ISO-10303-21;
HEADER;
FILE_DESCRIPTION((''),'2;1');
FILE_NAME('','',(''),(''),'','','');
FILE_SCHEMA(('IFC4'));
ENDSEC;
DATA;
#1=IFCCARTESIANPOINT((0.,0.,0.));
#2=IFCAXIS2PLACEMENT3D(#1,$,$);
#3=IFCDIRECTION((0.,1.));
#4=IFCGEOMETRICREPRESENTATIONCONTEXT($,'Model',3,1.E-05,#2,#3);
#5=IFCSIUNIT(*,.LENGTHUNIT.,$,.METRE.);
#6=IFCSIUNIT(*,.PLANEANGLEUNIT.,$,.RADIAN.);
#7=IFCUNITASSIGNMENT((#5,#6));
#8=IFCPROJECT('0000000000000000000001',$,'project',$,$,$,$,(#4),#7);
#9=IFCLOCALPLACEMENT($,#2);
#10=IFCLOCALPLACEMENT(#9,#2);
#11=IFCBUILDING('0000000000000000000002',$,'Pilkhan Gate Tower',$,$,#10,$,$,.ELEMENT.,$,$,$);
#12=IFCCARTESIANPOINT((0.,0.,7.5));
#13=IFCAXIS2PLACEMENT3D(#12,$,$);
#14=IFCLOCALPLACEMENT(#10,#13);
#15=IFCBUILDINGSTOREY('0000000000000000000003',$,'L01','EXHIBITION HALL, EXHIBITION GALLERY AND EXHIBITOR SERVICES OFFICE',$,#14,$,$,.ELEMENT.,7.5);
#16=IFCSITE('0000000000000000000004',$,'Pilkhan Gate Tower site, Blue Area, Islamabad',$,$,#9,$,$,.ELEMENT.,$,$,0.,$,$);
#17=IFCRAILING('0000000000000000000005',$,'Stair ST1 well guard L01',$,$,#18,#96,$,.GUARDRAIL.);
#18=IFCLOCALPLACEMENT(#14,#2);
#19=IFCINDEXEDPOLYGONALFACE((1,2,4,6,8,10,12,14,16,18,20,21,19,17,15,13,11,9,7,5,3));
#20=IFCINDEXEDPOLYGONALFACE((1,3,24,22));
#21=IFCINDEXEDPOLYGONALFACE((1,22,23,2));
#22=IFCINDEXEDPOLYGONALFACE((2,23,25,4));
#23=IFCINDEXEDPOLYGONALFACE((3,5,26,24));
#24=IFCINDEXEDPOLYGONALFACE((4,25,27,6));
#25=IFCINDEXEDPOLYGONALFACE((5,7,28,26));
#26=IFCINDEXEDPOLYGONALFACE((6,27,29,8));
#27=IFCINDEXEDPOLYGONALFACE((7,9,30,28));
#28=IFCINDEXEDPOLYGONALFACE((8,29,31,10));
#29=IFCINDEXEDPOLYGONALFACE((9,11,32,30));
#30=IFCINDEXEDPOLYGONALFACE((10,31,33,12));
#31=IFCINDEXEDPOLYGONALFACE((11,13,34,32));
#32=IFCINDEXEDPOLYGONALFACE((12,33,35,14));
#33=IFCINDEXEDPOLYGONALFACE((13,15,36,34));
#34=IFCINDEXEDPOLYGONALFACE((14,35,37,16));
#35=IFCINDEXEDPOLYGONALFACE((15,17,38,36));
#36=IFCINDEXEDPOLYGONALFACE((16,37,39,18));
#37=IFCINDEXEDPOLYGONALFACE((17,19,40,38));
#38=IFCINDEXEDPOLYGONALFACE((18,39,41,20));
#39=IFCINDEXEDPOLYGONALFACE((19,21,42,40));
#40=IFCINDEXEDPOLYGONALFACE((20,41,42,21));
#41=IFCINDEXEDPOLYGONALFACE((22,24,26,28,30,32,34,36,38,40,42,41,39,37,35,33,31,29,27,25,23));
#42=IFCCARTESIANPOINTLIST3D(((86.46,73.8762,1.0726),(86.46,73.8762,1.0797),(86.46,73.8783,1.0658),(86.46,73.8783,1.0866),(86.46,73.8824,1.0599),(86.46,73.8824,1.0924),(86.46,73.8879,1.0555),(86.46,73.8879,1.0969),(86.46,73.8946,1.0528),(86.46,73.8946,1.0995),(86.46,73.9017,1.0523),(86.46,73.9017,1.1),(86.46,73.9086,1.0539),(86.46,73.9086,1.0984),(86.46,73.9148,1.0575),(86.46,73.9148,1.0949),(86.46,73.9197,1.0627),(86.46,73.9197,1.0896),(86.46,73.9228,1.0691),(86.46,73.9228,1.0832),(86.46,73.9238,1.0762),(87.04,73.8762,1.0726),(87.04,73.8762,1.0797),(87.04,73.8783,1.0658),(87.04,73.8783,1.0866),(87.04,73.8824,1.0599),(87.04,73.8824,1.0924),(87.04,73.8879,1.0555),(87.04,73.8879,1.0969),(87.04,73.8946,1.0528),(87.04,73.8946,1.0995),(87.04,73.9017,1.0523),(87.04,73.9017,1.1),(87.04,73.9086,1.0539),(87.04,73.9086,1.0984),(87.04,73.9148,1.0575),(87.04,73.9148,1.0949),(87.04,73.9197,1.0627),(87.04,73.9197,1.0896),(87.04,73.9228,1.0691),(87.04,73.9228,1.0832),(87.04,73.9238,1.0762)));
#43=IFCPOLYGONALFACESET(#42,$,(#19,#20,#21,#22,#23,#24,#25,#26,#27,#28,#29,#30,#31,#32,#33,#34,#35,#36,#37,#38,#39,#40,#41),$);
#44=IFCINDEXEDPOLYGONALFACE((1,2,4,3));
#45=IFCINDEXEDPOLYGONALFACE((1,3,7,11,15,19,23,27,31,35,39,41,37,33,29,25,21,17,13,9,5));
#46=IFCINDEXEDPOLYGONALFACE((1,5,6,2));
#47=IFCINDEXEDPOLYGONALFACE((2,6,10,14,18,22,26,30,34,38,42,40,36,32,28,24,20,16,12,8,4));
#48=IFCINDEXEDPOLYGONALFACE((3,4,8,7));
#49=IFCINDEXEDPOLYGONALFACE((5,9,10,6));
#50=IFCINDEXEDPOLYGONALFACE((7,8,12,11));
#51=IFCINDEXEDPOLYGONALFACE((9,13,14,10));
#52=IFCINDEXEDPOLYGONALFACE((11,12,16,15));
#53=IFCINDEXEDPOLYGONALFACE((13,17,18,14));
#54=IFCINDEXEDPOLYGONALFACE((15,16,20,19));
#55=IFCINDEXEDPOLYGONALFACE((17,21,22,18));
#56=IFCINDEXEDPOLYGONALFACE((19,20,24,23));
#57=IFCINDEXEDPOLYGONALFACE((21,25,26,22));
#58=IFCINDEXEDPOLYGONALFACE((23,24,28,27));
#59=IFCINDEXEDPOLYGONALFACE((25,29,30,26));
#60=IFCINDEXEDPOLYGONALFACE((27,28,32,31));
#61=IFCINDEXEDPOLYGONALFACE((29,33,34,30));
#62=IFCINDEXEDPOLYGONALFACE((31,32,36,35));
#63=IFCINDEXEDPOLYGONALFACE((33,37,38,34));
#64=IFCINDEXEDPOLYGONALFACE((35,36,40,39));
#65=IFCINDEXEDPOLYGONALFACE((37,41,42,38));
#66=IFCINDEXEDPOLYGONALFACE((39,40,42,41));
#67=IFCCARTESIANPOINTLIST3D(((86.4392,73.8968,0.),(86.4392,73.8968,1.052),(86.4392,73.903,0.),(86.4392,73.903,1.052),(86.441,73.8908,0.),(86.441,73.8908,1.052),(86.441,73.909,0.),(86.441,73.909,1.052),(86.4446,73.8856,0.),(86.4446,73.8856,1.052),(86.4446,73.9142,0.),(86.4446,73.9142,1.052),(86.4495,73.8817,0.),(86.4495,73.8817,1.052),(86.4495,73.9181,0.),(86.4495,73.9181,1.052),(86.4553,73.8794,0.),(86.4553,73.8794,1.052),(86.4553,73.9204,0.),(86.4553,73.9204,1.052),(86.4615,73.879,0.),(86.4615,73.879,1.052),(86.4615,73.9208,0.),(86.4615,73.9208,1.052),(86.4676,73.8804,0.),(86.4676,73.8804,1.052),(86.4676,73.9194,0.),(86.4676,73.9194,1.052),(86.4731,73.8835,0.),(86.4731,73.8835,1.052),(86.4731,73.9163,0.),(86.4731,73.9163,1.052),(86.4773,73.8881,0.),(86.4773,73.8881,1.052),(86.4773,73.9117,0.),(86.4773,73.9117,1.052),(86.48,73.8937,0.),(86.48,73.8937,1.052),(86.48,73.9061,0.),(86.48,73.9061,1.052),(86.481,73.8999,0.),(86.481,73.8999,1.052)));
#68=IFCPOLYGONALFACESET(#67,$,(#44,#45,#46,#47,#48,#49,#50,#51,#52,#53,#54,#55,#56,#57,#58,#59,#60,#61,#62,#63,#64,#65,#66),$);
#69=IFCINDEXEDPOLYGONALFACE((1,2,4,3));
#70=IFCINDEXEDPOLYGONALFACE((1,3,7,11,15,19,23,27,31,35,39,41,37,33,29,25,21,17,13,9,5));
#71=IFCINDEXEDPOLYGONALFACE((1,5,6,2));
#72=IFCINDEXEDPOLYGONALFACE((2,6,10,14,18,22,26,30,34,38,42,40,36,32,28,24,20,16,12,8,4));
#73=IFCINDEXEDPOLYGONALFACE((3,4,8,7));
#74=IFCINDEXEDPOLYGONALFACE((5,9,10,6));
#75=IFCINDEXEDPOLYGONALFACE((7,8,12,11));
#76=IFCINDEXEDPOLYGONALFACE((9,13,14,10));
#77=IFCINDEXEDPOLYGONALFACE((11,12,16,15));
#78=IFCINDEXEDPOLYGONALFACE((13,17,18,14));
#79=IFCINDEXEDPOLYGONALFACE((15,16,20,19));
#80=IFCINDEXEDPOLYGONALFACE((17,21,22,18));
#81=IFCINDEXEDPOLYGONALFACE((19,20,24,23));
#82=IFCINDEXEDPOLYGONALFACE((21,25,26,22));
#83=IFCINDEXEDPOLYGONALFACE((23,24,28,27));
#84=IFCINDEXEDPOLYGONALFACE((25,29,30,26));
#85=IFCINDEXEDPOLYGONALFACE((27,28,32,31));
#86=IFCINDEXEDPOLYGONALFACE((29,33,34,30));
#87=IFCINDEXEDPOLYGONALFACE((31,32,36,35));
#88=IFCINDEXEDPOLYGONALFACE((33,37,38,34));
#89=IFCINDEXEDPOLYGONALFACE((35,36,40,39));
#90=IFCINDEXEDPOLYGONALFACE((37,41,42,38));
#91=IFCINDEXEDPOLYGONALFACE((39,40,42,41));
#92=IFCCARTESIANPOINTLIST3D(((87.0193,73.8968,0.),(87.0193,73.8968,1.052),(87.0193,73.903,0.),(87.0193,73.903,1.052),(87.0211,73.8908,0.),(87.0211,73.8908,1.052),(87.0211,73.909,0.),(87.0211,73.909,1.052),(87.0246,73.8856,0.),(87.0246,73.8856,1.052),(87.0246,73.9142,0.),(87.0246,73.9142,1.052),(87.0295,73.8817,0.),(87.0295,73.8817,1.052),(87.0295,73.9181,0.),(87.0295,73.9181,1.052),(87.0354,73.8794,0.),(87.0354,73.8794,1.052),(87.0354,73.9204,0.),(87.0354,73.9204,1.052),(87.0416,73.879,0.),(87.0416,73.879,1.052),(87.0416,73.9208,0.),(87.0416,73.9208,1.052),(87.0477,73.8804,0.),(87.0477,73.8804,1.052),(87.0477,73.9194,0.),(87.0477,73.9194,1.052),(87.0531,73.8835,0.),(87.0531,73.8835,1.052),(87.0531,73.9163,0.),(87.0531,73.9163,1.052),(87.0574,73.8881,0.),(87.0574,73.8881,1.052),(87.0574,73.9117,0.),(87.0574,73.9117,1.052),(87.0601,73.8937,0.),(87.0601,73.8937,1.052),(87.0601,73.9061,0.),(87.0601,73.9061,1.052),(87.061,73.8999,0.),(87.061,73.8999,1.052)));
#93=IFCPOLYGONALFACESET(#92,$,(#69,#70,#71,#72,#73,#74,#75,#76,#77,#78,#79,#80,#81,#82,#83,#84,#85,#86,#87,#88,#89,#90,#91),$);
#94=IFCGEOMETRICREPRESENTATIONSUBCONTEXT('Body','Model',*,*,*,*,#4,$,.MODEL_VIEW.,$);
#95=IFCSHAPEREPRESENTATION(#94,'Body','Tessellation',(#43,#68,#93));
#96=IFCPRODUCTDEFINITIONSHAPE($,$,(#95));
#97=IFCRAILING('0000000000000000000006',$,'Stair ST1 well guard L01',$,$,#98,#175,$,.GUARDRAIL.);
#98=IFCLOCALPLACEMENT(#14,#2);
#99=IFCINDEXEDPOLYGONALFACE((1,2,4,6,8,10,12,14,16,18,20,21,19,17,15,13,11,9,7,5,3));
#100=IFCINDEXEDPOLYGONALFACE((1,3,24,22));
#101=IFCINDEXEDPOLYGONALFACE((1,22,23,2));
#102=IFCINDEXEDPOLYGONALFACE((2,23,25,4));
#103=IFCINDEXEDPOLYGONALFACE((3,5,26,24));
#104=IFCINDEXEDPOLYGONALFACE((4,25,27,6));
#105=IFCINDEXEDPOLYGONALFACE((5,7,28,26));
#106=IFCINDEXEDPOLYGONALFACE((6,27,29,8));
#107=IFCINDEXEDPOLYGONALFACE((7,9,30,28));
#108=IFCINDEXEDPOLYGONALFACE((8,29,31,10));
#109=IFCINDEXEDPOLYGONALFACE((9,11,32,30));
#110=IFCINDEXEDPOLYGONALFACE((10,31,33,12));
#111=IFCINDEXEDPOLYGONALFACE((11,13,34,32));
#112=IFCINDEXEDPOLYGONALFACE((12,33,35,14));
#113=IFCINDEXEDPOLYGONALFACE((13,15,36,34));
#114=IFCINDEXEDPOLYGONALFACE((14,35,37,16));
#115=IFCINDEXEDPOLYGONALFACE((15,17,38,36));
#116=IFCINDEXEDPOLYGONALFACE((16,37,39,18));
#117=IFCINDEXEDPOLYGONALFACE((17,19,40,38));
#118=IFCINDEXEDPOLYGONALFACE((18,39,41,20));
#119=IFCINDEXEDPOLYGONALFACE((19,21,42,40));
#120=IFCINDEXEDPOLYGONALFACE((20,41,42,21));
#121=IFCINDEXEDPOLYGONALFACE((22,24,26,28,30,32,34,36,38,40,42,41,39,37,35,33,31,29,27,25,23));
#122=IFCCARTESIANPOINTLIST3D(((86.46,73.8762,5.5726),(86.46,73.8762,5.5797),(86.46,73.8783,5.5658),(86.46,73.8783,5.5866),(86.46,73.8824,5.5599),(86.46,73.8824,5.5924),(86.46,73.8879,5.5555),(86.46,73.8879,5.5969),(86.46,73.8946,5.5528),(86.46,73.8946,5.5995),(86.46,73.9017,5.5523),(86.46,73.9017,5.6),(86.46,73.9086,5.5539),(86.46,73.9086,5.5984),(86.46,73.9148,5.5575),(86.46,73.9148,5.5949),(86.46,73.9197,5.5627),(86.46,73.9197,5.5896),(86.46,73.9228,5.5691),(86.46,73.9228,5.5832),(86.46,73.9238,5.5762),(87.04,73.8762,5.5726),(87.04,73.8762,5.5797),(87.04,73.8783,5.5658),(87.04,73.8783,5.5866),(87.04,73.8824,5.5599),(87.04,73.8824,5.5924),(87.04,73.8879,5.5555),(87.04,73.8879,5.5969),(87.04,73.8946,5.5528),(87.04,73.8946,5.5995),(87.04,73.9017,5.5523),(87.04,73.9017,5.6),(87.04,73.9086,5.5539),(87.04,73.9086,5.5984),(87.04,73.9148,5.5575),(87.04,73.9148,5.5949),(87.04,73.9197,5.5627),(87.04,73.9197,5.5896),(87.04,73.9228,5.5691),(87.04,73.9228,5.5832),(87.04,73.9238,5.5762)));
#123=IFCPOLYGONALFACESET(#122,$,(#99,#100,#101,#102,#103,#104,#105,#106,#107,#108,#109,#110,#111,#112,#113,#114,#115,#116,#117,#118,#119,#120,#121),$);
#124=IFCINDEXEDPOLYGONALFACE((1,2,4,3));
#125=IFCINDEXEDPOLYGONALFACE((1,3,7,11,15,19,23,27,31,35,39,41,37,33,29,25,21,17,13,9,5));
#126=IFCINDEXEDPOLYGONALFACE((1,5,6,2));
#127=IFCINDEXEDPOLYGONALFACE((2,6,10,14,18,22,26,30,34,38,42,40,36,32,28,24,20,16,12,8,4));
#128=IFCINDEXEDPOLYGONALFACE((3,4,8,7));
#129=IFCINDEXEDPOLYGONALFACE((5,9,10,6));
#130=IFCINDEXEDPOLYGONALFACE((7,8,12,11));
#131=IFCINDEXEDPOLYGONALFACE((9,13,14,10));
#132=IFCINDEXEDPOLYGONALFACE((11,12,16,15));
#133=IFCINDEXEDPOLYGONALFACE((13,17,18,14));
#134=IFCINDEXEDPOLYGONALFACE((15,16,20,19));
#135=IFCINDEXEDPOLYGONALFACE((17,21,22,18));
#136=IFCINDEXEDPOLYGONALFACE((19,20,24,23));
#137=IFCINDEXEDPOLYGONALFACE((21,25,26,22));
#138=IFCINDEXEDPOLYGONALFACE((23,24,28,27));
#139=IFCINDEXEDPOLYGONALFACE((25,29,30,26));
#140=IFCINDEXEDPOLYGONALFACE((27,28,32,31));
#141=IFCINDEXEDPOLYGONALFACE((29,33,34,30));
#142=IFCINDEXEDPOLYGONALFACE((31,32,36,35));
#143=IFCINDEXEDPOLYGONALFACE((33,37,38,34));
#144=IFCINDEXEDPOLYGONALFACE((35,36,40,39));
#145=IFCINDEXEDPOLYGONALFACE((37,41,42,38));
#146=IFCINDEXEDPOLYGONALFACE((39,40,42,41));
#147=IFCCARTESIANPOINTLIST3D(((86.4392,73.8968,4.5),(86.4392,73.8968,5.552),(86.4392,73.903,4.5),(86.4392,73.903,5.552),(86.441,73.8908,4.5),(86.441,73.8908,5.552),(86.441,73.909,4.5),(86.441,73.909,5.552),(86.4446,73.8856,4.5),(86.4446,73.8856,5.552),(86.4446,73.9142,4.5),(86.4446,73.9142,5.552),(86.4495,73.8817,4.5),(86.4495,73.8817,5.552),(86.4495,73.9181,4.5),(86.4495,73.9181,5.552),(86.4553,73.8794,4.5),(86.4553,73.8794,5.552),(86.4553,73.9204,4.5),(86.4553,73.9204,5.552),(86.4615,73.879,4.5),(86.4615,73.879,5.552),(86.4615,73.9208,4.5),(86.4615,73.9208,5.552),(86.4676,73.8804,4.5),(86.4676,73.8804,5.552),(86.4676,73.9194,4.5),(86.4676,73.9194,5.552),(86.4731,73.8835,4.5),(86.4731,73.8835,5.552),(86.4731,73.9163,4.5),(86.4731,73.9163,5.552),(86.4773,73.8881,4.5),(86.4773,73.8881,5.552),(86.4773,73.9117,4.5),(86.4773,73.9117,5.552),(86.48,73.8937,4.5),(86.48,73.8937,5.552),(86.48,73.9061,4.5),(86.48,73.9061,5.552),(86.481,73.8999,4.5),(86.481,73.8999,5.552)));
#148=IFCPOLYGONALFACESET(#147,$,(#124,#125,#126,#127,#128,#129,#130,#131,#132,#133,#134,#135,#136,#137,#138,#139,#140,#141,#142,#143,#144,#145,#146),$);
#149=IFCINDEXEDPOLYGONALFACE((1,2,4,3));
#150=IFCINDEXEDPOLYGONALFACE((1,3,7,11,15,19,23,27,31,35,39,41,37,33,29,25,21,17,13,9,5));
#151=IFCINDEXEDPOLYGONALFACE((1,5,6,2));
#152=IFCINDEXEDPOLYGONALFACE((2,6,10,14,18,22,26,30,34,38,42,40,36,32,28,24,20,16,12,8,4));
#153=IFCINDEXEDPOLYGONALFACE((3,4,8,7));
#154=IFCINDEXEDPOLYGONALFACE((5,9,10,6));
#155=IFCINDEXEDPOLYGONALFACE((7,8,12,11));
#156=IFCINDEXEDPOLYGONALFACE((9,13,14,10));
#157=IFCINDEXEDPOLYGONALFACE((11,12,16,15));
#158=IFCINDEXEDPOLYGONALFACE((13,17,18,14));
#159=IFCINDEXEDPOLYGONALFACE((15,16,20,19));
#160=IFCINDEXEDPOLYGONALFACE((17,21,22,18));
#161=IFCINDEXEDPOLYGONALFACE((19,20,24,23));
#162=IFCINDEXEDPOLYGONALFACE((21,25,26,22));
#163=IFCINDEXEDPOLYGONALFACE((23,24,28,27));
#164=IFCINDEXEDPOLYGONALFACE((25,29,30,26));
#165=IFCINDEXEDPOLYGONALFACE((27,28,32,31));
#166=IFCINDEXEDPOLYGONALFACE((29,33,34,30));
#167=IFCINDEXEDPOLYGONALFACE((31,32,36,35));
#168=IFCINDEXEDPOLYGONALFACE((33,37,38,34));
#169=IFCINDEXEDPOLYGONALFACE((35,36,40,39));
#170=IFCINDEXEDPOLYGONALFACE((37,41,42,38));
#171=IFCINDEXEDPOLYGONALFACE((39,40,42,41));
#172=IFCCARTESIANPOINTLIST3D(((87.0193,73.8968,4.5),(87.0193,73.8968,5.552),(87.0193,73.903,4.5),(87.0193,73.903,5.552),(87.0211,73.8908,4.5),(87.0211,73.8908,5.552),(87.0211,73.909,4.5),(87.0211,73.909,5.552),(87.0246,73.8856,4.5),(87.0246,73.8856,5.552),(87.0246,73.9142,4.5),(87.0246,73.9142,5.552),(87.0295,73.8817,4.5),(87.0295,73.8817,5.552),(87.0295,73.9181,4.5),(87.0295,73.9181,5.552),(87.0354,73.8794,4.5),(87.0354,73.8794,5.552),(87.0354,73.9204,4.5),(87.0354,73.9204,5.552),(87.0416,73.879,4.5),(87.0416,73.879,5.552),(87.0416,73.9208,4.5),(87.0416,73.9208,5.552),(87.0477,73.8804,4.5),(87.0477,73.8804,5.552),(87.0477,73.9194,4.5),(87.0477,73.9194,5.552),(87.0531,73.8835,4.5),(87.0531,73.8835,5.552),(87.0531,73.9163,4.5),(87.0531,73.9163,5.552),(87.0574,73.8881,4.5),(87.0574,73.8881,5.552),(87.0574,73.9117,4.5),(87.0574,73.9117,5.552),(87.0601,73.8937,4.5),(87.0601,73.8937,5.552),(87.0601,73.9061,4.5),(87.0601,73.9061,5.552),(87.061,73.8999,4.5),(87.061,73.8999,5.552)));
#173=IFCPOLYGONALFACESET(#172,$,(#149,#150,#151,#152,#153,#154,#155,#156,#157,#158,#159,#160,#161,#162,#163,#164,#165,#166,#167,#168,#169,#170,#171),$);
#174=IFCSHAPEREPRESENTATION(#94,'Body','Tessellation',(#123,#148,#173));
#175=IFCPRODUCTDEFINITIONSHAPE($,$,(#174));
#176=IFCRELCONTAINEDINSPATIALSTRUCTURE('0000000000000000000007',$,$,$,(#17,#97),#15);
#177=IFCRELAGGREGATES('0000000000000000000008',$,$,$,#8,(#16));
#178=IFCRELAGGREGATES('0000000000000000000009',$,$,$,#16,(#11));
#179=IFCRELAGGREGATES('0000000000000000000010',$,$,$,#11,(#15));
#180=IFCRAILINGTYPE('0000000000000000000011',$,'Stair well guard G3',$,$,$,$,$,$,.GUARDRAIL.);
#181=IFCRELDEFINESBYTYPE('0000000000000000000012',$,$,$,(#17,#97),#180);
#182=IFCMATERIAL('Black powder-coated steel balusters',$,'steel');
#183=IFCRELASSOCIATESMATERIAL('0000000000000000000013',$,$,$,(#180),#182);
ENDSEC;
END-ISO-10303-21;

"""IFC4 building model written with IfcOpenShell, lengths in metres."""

from ifc_helpers import new_model, si_unit, direction, frame, origin, origin_2d, place, context, subcontext, project, spatial, circle, extrude, material, type_object, element, save


model = new_model("IFC4")

# Units and contexts
model_context = context("Model", 3, precision=1e-05, world=origin(), true_north=direction((0.0, 1.0)))
body_context = subcontext(model_context, "Body", "Model", "MODEL_VIEW")
ifc_project = project(units=[si_unit("LENGTHUNIT", "METRE"), si_unit("PLANEANGLEUNIT", "RADIAN")], contexts=[model_context])

# Site, building, storey
site_placement = place(None, origin())
site = spatial("IfcSite", under=ifc_project, at=site_placement, Name="Pilkhan Gate Tower site, Blue Area, Islamabad", CompositionType="ELEMENT", RefElevation=0.0)
building_placement = place(site_placement, origin())
building = spatial("IfcBuilding", under=site, at=building_placement, Name="Pilkhan Gate Tower", CompositionType="ELEMENT")
storey_placement = place(building_placement, frame((0.0, 0.0, 7.5)))
storey = spatial("IfcBuildingStorey", under=building, at=storey_placement, Name="L01", Description="EXHIBITION HALL, EXHIBITION GALLERY AND EXHIBITOR SERVICES OFFICE", CompositionType="ELEMENT", Elevation=7.5)

# Railings
ifc_material_1 = material(Name="Black powder-coated steel balusters", Category="steel")
railing_type = type_object("IfcRailingType", Name="Stair well guard G3", PredefinedType="GUARDRAIL", material=ifc_material_1)
for number, where, name in (
    (1, (86.46, 73.8999, 0.0), "Stair ST1 well guard L01"),
    (2, (86.46, 73.8999, 4.5), "Stair ST1 well guard L01"),
):
    element("IfcRailing", number, at=place(storey_placement, frame(where)), inside=storey, type_object=railing_type, Name=name, PredefinedType="GUARDRAIL", context=body_context, shape_type="SweptSolid", body=[
        extrude(circle(Radius=0.0239, at=origin_2d()), frame((0.0, 0.0, 1.0762), z_axis=(1.0, 0.0, 0.0), x_axis=(0.0, 1.0, 0.0)), (0.0, 0.0, 1.0), 0.5801),
        extrude(circle(Radius=0.021, at=origin_2d()), origin(), (0.0, 0.0, 1.0), 1.052),
        extrude(circle(Radius=0.021, at=origin_2d()), frame((0.5801, 0.0, 0.0)), (0.0, 0.0, 1.0), 1.052),
    ])

save(model, "model.ifc")
